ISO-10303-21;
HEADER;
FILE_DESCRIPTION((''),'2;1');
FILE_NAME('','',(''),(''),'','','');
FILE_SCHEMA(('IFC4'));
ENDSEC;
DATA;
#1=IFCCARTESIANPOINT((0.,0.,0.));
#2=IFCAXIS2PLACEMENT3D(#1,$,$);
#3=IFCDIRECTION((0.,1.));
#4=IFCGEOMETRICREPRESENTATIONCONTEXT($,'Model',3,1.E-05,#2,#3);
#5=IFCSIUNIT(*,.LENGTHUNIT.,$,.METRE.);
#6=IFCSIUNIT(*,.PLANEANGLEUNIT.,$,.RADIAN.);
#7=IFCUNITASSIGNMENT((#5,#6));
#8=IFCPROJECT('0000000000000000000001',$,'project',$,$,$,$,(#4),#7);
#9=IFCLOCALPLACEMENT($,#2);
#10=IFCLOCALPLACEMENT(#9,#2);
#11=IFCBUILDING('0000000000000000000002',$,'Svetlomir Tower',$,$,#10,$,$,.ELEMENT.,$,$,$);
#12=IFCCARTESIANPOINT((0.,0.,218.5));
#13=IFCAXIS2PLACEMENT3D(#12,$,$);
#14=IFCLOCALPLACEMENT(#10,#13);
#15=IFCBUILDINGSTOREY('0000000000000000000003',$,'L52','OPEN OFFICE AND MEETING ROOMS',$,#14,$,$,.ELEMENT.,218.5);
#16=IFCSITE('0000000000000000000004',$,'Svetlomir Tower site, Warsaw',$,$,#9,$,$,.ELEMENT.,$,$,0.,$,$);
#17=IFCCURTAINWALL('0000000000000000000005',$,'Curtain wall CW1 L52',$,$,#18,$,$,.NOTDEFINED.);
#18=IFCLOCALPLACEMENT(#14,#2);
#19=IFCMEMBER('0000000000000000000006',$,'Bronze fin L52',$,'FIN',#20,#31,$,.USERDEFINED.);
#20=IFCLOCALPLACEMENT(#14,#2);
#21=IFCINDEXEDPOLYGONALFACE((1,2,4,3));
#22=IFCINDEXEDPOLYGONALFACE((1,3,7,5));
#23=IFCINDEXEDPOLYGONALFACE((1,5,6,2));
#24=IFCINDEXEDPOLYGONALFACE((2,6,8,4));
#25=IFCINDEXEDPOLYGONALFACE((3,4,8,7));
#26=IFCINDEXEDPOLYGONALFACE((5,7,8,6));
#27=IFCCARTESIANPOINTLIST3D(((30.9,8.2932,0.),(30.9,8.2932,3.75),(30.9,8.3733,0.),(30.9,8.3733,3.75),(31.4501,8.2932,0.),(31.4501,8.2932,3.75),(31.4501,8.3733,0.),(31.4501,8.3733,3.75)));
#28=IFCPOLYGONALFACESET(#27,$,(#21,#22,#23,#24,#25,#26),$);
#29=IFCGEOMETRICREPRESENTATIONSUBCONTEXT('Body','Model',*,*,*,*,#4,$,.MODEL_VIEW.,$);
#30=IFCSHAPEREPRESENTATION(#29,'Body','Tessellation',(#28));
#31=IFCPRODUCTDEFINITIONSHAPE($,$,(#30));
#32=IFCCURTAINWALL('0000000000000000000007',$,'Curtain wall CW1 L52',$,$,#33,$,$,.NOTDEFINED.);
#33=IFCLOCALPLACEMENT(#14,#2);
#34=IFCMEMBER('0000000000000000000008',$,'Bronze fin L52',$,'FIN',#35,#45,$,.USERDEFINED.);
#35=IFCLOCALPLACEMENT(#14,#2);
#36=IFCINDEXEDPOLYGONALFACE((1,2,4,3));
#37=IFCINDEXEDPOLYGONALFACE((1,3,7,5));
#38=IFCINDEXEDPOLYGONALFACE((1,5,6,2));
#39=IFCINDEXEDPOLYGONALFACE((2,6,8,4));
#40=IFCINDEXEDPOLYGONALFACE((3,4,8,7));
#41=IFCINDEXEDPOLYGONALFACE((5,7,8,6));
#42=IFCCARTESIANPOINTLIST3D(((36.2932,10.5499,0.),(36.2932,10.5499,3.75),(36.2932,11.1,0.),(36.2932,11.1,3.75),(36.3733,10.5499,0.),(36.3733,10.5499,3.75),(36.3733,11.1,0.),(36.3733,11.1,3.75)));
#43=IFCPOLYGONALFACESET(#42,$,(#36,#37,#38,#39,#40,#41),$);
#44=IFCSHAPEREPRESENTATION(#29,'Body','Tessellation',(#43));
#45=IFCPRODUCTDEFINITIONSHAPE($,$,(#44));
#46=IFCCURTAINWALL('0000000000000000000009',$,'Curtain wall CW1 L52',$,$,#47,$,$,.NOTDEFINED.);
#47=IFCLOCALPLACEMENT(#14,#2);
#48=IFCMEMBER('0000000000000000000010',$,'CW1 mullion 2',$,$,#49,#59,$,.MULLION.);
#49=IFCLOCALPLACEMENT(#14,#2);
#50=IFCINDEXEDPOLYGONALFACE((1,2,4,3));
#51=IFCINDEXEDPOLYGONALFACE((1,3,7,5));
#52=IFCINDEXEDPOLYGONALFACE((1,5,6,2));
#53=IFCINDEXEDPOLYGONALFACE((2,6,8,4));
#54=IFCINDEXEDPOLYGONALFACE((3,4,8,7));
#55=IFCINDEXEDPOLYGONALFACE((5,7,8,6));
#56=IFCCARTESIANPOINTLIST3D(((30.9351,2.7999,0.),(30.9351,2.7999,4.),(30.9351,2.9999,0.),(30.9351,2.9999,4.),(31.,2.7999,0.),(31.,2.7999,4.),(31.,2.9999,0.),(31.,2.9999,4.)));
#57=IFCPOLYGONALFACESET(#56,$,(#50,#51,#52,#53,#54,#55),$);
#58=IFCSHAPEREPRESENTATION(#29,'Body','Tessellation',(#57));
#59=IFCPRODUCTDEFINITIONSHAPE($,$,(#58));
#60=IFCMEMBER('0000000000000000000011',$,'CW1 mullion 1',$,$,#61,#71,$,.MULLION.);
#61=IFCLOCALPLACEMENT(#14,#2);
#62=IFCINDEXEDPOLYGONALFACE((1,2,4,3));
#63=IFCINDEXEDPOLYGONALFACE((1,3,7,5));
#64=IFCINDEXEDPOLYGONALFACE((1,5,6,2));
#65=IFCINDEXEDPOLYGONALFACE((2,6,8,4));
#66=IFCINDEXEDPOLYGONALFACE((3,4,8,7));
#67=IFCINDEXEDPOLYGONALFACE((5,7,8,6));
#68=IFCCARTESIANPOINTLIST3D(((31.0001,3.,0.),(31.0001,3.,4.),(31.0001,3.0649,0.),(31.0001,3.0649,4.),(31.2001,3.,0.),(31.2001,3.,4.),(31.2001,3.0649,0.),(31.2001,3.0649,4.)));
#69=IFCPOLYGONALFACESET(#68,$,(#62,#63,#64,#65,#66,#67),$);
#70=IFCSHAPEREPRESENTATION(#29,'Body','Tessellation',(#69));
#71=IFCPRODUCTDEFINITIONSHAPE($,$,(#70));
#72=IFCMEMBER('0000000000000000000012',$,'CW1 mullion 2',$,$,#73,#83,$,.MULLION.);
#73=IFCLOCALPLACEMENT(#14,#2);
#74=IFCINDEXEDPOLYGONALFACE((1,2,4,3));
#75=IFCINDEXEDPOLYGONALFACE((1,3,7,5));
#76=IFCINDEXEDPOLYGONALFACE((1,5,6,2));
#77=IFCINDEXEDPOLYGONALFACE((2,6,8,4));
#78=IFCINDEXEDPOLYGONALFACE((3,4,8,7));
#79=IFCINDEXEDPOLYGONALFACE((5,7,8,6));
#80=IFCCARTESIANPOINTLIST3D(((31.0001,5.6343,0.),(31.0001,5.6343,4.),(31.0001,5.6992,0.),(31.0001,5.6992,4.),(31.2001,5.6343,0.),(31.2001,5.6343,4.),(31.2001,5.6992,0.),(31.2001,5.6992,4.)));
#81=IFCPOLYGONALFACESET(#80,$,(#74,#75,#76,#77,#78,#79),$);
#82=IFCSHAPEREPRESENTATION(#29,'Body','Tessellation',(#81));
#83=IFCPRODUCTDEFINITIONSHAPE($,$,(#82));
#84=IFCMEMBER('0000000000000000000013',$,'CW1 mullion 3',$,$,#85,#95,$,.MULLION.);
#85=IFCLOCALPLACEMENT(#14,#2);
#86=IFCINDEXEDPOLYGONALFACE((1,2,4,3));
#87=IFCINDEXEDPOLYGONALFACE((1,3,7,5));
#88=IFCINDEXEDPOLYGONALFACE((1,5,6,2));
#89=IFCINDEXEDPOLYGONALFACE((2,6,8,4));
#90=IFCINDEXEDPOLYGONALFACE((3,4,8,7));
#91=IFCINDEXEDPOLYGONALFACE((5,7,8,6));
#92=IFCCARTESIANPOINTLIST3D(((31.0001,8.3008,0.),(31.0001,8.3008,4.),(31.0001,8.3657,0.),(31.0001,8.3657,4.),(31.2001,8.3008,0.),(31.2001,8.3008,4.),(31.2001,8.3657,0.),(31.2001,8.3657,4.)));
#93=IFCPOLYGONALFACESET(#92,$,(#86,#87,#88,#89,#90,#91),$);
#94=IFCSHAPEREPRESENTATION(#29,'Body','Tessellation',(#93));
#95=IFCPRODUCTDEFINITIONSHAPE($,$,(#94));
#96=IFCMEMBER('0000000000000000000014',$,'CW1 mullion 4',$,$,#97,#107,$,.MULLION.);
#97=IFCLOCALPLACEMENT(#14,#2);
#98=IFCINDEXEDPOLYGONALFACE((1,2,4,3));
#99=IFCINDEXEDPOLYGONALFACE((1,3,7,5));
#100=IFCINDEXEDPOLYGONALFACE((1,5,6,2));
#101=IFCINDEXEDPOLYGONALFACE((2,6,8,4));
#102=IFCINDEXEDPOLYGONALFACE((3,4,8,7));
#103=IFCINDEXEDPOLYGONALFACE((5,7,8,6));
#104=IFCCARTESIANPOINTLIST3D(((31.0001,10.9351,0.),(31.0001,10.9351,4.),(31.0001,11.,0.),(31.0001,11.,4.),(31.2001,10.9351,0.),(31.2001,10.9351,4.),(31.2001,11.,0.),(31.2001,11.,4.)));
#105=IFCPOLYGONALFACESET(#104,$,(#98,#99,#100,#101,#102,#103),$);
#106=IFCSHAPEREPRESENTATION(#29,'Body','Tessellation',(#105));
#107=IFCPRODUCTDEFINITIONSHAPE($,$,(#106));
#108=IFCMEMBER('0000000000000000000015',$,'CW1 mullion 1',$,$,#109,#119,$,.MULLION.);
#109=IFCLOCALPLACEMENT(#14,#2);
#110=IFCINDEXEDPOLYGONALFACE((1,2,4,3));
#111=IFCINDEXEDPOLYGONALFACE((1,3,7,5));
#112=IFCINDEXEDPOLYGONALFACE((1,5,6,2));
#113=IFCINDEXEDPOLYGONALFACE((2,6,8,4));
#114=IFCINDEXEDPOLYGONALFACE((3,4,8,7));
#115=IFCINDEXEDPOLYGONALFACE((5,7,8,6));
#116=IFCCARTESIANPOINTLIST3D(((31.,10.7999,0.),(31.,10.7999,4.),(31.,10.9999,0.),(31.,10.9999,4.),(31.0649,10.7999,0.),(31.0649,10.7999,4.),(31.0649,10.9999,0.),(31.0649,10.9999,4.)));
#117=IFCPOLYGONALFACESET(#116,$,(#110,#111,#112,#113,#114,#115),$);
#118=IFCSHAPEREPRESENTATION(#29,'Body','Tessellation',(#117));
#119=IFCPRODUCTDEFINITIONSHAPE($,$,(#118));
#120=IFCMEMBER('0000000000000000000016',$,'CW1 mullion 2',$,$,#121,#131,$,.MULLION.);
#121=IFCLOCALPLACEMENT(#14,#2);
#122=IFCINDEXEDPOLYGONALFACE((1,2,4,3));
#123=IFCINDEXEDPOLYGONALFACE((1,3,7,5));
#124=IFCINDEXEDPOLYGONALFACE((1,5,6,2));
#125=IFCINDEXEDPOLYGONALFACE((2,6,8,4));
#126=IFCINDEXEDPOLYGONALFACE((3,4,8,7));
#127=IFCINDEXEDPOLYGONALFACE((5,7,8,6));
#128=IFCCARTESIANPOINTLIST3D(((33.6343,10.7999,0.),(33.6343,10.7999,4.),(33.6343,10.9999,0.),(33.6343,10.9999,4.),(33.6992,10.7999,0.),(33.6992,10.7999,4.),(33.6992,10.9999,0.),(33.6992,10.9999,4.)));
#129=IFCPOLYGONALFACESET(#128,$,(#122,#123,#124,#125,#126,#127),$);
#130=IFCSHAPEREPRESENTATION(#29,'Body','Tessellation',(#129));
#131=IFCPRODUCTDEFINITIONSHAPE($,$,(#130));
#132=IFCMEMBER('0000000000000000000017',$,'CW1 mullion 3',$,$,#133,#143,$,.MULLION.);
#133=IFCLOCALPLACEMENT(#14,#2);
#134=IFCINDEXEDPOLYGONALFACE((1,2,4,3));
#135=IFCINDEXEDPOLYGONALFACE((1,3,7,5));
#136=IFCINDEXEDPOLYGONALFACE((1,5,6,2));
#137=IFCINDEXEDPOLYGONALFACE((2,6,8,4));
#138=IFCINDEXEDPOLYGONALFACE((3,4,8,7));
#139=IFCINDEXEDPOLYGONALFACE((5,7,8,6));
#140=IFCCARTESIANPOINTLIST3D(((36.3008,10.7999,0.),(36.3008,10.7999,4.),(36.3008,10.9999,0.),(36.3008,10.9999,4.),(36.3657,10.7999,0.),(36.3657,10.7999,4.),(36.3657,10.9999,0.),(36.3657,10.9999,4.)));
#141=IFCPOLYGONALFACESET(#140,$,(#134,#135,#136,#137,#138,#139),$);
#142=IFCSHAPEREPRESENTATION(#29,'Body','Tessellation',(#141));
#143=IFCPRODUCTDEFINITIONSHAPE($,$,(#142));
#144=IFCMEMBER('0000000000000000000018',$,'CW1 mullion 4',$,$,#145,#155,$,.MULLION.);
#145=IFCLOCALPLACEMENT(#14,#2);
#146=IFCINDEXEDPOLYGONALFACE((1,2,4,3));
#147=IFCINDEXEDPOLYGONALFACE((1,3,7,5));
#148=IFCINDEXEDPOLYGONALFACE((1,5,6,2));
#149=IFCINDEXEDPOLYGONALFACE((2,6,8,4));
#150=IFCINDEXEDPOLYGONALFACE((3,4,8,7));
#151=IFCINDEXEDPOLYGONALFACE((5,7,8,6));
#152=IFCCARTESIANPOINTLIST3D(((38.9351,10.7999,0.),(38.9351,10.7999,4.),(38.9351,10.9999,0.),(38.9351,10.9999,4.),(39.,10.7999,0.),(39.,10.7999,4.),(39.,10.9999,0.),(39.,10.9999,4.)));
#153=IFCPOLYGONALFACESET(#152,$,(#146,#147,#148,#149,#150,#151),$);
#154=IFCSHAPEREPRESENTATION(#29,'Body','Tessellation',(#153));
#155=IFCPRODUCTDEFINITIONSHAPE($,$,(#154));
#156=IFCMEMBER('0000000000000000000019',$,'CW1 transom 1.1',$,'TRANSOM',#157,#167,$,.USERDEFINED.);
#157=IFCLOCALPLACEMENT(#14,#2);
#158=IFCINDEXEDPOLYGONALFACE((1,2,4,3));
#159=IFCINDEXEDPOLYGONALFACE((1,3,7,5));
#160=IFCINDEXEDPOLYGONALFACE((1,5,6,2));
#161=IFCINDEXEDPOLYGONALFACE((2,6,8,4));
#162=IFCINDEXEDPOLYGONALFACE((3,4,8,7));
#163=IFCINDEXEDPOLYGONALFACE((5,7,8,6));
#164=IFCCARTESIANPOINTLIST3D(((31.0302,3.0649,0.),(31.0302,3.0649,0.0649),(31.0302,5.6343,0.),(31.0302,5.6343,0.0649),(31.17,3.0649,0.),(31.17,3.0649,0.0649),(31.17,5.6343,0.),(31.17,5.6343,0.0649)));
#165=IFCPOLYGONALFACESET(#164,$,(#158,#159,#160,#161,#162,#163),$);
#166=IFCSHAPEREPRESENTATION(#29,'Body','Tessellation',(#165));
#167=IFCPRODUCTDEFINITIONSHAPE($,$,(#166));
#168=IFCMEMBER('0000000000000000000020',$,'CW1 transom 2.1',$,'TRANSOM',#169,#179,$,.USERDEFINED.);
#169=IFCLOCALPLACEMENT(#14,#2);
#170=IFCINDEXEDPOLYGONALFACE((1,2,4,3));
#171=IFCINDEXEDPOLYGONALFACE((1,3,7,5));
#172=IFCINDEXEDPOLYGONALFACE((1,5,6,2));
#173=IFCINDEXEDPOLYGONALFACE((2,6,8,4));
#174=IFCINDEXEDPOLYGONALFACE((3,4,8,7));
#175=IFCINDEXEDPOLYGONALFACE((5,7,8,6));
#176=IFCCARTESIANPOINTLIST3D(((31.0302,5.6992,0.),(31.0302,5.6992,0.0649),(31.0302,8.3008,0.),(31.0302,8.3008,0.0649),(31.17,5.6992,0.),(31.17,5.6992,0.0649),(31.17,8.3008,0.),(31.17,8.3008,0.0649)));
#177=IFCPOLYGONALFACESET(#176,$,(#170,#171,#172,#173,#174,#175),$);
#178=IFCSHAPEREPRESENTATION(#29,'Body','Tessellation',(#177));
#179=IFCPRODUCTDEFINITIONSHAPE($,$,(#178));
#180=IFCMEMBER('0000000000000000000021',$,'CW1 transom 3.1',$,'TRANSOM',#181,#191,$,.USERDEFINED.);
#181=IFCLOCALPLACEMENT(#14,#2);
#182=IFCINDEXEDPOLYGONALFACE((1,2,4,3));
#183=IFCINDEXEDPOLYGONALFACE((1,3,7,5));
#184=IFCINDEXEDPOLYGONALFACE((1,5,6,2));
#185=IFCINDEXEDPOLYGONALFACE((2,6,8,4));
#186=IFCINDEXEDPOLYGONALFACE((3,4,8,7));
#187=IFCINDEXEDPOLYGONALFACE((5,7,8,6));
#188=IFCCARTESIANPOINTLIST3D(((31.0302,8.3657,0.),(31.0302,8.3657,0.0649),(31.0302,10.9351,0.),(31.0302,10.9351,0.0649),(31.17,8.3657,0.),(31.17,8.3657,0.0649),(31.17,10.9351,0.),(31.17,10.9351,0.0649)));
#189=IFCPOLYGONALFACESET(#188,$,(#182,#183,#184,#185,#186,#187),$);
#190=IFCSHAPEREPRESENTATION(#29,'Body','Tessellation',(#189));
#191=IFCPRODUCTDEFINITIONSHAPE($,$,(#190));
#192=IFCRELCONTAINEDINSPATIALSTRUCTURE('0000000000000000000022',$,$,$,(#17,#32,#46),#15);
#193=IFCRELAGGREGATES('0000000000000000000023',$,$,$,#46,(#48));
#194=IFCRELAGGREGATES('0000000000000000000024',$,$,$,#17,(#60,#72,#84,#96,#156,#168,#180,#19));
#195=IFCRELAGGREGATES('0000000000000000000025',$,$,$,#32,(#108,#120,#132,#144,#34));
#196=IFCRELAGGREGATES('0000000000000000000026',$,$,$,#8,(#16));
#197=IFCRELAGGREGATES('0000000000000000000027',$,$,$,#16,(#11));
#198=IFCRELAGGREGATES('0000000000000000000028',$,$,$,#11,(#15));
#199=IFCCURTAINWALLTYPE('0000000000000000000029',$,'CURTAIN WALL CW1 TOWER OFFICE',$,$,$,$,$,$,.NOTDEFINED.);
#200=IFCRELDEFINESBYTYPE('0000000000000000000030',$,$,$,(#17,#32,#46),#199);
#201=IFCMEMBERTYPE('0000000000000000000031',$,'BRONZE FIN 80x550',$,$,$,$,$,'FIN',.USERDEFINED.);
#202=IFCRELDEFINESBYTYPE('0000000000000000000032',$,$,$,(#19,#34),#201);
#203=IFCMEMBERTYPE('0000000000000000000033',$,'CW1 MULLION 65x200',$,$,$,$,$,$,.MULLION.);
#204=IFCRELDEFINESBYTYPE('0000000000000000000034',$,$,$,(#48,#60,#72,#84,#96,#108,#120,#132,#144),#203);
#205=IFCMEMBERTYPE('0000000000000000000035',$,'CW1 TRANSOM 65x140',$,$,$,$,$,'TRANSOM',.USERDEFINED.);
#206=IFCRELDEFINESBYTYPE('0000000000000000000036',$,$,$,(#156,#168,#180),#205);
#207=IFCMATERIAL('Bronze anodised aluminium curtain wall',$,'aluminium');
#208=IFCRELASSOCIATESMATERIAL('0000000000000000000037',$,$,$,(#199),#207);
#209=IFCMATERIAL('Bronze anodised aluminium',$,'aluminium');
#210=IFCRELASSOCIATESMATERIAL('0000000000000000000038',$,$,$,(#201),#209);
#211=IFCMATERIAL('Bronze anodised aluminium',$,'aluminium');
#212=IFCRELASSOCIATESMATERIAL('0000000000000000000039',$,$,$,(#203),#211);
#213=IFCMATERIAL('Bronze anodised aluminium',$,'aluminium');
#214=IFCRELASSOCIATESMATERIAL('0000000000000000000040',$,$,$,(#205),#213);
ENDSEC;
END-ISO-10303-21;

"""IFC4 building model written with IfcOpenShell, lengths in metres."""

from ifc_helpers import new_model, si_unit, direction, frame, origin, origin_2d, place, context, subcontext, project, spatial, rectangle, extrude, material, material_profile, profile_set, type_object, element, aggregate, save


model = new_model("IFC4")

# Units and contexts
model_context = context("Model", 3, precision=1e-05, world=origin(), true_north=direction((0.0, 1.0)))
body_context = subcontext(model_context, "Body", "Model", "MODEL_VIEW")
ifc_project = project(units=[si_unit("LENGTHUNIT", "METRE"), si_unit("PLANEANGLEUNIT", "RADIAN")], contexts=[model_context])

# Site, building, storey
site_placement = place(None, origin())
site = spatial("IfcSite", under=ifc_project, at=site_placement, Name="Svetlomir Tower site, Warsaw", CompositionType="ELEMENT", RefElevation=0.0)
building_placement = place(site_placement, origin())
building = spatial("IfcBuilding", under=site, at=building_placement, Name="Svetlomir Tower", CompositionType="ELEMENT")
storey_placement = place(building_placement, frame((0.0, 0.0, 218.5)))
storey = spatial("IfcBuildingStorey", under=building, at=storey_placement, Name="L52", Description="OPEN OFFICE AND MEETING ROOMS", CompositionType="ELEMENT", Elevation=218.5)

# Curtain walls, members
ifc_material_1 = material(Name="Bronze anodised aluminium curtain wall", Category="aluminium")
curtain_wall_type = type_object("IfcCurtainWallType", Name="CURTAIN WALL CW1 TOWER OFFICE", PredefinedType="NOTDEFINED", material=ifc_material_1)
curtain_wall_1_placement = place(storey_placement, origin())
curtain_wall_1 = element("IfcCurtainWall", 1, at=curtain_wall_1_placement, inside=storey, type_object=curtain_wall_type, Name="Curtain wall CW1 L52", PredefinedType="NOTDEFINED")
ifc_material_2 = material(Name="Bronze anodised aluminium", Category="aluminium")
ifc_material_profile_1 = material_profile(ifc_material_2, rectangle(XDim=0.0801, YDim=0.55, at=origin_2d()), Name="FIN 80x550")
ifc_profile_set_1 = profile_set([ifc_material_profile_1], Name="Bronze anodised aluminium 6063-T6")
member_type_1 = type_object("IfcMemberType", Name="BRONZE FIN 80x550", ElementType="FIN", PredefinedType="USERDEFINED", material=ifc_profile_set_1)
member_1_placement = place(storey_placement, frame((31.175, 8.3333, 0.0), z_axis=(0.0, 0.0, 1.0), x_axis=(0.0, 1.0, 0.0)))
member_1 = element("IfcMember", 2, at=member_1_placement, type_object=member_type_1, Name="Bronze fin L52", ObjectType="FIN", PredefinedType="USERDEFINED", context=body_context, shape_type="SweptSolid", body=[
    extrude(rectangle(XDim=0.0801, YDim=0.55, at=origin_2d()), origin(), (0.0, 0.0, 1.0), 3.75),
])
curtain_wall_2_placement = place(storey_placement, origin())
curtain_wall_2 = element("IfcCurtainWall", 3, at=curtain_wall_2_placement, inside=storey, type_object=curtain_wall_type, Name="Curtain wall CW1 L52", PredefinedType="NOTDEFINED")
member_2_placement = place(storey_placement, frame((36.3333, 10.825, 0.0), z_axis=(0.0, 0.0, 1.0), x_axis=(1.0, 0.0, 0.0)))
member_2 = element("IfcMember", 4, at=member_2_placement, type_object=member_type_1, Name="Bronze fin L52", ObjectType="FIN", PredefinedType="USERDEFINED", context=body_context, shape_type="SweptSolid", body=[
    extrude(rectangle(XDim=0.0801, YDim=0.55, at=origin_2d()), origin(), (0.0, 0.0, 1.0), 3.75),
])
curtain_wall_3_placement = place(storey_placement, origin())
curtain_wall_3 = element("IfcCurtainWall", 5, at=curtain_wall_3_placement, inside=storey, type_object=curtain_wall_type, Name="Curtain wall CW1 L52", PredefinedType="NOTDEFINED")
ifc_material_3 = material(Name="Bronze anodised aluminium", Category="aluminium")
ifc_material_profile_2 = material_profile(ifc_material_3, rectangle(XDim=0.0649, YDim=0.2, at=origin_2d()), Name="AL 65x200")
ifc_profile_set_2 = profile_set([ifc_material_profile_2], Name="Bronze anodised aluminium 6063-T6")
member_type_2 = type_object("IfcMemberType", Name="CW1 MULLION 65x200", PredefinedType="MULLION", material=ifc_profile_set_2)
member_3_placement = place(storey_placement, frame((30.9675, 2.8999, 0.0), z_axis=(0.0, 0.0, 1.0), x_axis=(1.0, 0.0, 0.0)))
member_3 = element("IfcMember", 6, at=member_3_placement, type_object=member_type_2, Name="CW1 mullion 2", PredefinedType="MULLION", context=body_context, shape_type="SweptSolid", body=[
    extrude(rectangle(XDim=0.0649, YDim=0.2, at=origin_2d()), origin(), (0.0, 0.0, 1.0), 4.0),
])

# Members
member_4_placement = place(storey_placement, frame((31.1001, 3.0325, 0.0), z_axis=(0.0, 0.0, 1.0), x_axis=(0.0, 1.0, 0.0)))
member_4 = element("IfcMember", 7, at=member_4_placement, type_object=member_type_2, Name="CW1 mullion 1", PredefinedType="MULLION", context=body_context, shape_type="SweptSolid", body=[
    extrude(rectangle(XDim=0.0649, YDim=0.2, at=origin_2d()), origin(), (0.0, 0.0, 1.0), 4.0),
])
member_5_placement = place(storey_placement, frame((31.1001, 5.6667, 0.0), z_axis=(0.0, 0.0, 1.0), x_axis=(0.0, 1.0, 0.0)))
member_5 = element("IfcMember", 8, at=member_5_placement, type_object=member_type_2, Name="CW1 mullion 2", PredefinedType="MULLION", context=body_context, shape_type="SweptSolid", body=[
    extrude(rectangle(XDim=0.0649, YDim=0.2, at=origin_2d()), origin(), (0.0, 0.0, 1.0), 4.0),
])
member_6_placement = place(storey_placement, frame((31.1001, 8.3333, 0.0), z_axis=(0.0, 0.0, 1.0), x_axis=(0.0, 1.0, 0.0)))
member_6 = element("IfcMember", 9, at=member_6_placement, type_object=member_type_2, Name="CW1 mullion 3", PredefinedType="MULLION", context=body_context, shape_type="SweptSolid", body=[
    extrude(rectangle(XDim=0.0649, YDim=0.2, at=origin_2d()), origin(), (0.0, 0.0, 1.0), 4.0),
])
member_7_placement = place(storey_placement, frame((31.1001, 10.9675, 0.0), z_axis=(0.0, 0.0, 1.0), x_axis=(0.0, 1.0, 0.0)))
member_7 = element("IfcMember", 10, at=member_7_placement, type_object=member_type_2, Name="CW1 mullion 4", PredefinedType="MULLION", context=body_context, shape_type="SweptSolid", body=[
    extrude(rectangle(XDim=0.0649, YDim=0.2, at=origin_2d()), origin(), (0.0, 0.0, 1.0), 4.0),
])
member_8_placement = place(storey_placement, frame((31.0325, 10.8999, 0.0), z_axis=(0.0, 0.0, 1.0), x_axis=(1.0, 0.0, 0.0)))
member_8 = element("IfcMember", 11, at=member_8_placement, type_object=member_type_2, Name="CW1 mullion 1", PredefinedType="MULLION", context=body_context, shape_type="SweptSolid", body=[
    extrude(rectangle(XDim=0.0649, YDim=0.2, at=origin_2d()), origin(), (0.0, 0.0, 1.0), 4.0),
])
member_9_placement = place(storey_placement, frame((33.6667, 10.8999, 0.0), z_axis=(0.0, 0.0, 1.0), x_axis=(1.0, 0.0, 0.0)))
member_9 = element("IfcMember", 12, at=member_9_placement, type_object=member_type_2, Name="CW1 mullion 2", PredefinedType="MULLION", context=body_context, shape_type="SweptSolid", body=[
    extrude(rectangle(XDim=0.0649, YDim=0.2, at=origin_2d()), origin(), (0.0, 0.0, 1.0), 4.0),
])
member_10_placement = place(storey_placement, frame((36.3333, 10.8999, 0.0), z_axis=(0.0, 0.0, 1.0), x_axis=(1.0, 0.0, 0.0)))
member_10 = element("IfcMember", 13, at=member_10_placement, type_object=member_type_2, Name="CW1 mullion 3", PredefinedType="MULLION", context=body_context, shape_type="SweptSolid", body=[
    extrude(rectangle(XDim=0.0649, YDim=0.2, at=origin_2d()), origin(), (0.0, 0.0, 1.0), 4.0),
])
member_11_placement = place(storey_placement, frame((38.9675, 10.8999, 0.0), z_axis=(0.0, 0.0, 1.0), x_axis=(1.0, 0.0, 0.0)))
member_11 = element("IfcMember", 14, at=member_11_placement, type_object=member_type_2, Name="CW1 mullion 4", PredefinedType="MULLION", context=body_context, shape_type="SweptSolid", body=[
    extrude(rectangle(XDim=0.0649, YDim=0.2, at=origin_2d()), origin(), (0.0, 0.0, 1.0), 4.0),
])
ifc_material_4 = material(Name="Bronze anodised aluminium", Category="aluminium")
ifc_material_profile_3 = material_profile(ifc_material_4, rectangle(XDim=0.1399, YDim=0.0649, at=origin_2d()), Name="AL 140x65")
ifc_profile_set_3 = profile_set([ifc_material_profile_3], Name="Bronze anodised aluminium 6063-T6")
member_type_3 = type_object("IfcMemberType", Name="CW1 TRANSOM 65x140", ElementType="TRANSOM", PredefinedType="USERDEFINED", material=ifc_profile_set_3)
member_12_placement = place(storey_placement, frame((31.1001, 3.0649, 0.0325), z_axis=(0.0, 1.0, 0.0), x_axis=(-1.0, 0.0, 0.0)))
member_12 = element("IfcMember", 15, at=member_12_placement, type_object=member_type_3, Name="CW1 transom 1.1", ObjectType="TRANSOM", PredefinedType="USERDEFINED", context=body_context, shape_type="SweptSolid", body=[
    extrude(rectangle(XDim=0.1399, YDim=0.0649, at=origin_2d()), origin(), (0.0, 0.0, 1.0), 2.5693),
])
member_13_placement = place(storey_placement, frame((31.1001, 5.6992, 0.0325), z_axis=(0.0, 1.0, 0.0), x_axis=(-1.0, 0.0, 0.0)))
member_13 = element("IfcMember", 16, at=member_13_placement, type_object=member_type_3, Name="CW1 transom 2.1", ObjectType="TRANSOM", PredefinedType="USERDEFINED", context=body_context, shape_type="SweptSolid", body=[
    extrude(rectangle(XDim=0.1399, YDim=0.0649, at=origin_2d()), origin(), (0.0, 0.0, 1.0), 2.6016),
])
member_14_placement = place(storey_placement, frame((31.1001, 8.3657, 0.0325), z_axis=(0.0, 1.0, 0.0), x_axis=(-1.0, 0.0, 0.0)))
member_14 = element("IfcMember", 17, at=member_14_placement, type_object=member_type_3, Name="CW1 transom 3.1", ObjectType="TRANSOM", PredefinedType="USERDEFINED", context=body_context, shape_type="SweptSolid", body=[
    extrude(rectangle(XDim=0.1399, YDim=0.0649, at=origin_2d()), origin(), (0.0, 0.0, 1.0), 2.5693),
])

aggregate(curtain_wall_3, [member_3])
aggregate(curtain_wall_1, [member_4, member_5, member_6, member_7, member_12, member_13, member_14, member_1])
aggregate(curtain_wall_2, [member_8, member_9, member_10, member_11, member_2])

save(model, "model.ifc")
